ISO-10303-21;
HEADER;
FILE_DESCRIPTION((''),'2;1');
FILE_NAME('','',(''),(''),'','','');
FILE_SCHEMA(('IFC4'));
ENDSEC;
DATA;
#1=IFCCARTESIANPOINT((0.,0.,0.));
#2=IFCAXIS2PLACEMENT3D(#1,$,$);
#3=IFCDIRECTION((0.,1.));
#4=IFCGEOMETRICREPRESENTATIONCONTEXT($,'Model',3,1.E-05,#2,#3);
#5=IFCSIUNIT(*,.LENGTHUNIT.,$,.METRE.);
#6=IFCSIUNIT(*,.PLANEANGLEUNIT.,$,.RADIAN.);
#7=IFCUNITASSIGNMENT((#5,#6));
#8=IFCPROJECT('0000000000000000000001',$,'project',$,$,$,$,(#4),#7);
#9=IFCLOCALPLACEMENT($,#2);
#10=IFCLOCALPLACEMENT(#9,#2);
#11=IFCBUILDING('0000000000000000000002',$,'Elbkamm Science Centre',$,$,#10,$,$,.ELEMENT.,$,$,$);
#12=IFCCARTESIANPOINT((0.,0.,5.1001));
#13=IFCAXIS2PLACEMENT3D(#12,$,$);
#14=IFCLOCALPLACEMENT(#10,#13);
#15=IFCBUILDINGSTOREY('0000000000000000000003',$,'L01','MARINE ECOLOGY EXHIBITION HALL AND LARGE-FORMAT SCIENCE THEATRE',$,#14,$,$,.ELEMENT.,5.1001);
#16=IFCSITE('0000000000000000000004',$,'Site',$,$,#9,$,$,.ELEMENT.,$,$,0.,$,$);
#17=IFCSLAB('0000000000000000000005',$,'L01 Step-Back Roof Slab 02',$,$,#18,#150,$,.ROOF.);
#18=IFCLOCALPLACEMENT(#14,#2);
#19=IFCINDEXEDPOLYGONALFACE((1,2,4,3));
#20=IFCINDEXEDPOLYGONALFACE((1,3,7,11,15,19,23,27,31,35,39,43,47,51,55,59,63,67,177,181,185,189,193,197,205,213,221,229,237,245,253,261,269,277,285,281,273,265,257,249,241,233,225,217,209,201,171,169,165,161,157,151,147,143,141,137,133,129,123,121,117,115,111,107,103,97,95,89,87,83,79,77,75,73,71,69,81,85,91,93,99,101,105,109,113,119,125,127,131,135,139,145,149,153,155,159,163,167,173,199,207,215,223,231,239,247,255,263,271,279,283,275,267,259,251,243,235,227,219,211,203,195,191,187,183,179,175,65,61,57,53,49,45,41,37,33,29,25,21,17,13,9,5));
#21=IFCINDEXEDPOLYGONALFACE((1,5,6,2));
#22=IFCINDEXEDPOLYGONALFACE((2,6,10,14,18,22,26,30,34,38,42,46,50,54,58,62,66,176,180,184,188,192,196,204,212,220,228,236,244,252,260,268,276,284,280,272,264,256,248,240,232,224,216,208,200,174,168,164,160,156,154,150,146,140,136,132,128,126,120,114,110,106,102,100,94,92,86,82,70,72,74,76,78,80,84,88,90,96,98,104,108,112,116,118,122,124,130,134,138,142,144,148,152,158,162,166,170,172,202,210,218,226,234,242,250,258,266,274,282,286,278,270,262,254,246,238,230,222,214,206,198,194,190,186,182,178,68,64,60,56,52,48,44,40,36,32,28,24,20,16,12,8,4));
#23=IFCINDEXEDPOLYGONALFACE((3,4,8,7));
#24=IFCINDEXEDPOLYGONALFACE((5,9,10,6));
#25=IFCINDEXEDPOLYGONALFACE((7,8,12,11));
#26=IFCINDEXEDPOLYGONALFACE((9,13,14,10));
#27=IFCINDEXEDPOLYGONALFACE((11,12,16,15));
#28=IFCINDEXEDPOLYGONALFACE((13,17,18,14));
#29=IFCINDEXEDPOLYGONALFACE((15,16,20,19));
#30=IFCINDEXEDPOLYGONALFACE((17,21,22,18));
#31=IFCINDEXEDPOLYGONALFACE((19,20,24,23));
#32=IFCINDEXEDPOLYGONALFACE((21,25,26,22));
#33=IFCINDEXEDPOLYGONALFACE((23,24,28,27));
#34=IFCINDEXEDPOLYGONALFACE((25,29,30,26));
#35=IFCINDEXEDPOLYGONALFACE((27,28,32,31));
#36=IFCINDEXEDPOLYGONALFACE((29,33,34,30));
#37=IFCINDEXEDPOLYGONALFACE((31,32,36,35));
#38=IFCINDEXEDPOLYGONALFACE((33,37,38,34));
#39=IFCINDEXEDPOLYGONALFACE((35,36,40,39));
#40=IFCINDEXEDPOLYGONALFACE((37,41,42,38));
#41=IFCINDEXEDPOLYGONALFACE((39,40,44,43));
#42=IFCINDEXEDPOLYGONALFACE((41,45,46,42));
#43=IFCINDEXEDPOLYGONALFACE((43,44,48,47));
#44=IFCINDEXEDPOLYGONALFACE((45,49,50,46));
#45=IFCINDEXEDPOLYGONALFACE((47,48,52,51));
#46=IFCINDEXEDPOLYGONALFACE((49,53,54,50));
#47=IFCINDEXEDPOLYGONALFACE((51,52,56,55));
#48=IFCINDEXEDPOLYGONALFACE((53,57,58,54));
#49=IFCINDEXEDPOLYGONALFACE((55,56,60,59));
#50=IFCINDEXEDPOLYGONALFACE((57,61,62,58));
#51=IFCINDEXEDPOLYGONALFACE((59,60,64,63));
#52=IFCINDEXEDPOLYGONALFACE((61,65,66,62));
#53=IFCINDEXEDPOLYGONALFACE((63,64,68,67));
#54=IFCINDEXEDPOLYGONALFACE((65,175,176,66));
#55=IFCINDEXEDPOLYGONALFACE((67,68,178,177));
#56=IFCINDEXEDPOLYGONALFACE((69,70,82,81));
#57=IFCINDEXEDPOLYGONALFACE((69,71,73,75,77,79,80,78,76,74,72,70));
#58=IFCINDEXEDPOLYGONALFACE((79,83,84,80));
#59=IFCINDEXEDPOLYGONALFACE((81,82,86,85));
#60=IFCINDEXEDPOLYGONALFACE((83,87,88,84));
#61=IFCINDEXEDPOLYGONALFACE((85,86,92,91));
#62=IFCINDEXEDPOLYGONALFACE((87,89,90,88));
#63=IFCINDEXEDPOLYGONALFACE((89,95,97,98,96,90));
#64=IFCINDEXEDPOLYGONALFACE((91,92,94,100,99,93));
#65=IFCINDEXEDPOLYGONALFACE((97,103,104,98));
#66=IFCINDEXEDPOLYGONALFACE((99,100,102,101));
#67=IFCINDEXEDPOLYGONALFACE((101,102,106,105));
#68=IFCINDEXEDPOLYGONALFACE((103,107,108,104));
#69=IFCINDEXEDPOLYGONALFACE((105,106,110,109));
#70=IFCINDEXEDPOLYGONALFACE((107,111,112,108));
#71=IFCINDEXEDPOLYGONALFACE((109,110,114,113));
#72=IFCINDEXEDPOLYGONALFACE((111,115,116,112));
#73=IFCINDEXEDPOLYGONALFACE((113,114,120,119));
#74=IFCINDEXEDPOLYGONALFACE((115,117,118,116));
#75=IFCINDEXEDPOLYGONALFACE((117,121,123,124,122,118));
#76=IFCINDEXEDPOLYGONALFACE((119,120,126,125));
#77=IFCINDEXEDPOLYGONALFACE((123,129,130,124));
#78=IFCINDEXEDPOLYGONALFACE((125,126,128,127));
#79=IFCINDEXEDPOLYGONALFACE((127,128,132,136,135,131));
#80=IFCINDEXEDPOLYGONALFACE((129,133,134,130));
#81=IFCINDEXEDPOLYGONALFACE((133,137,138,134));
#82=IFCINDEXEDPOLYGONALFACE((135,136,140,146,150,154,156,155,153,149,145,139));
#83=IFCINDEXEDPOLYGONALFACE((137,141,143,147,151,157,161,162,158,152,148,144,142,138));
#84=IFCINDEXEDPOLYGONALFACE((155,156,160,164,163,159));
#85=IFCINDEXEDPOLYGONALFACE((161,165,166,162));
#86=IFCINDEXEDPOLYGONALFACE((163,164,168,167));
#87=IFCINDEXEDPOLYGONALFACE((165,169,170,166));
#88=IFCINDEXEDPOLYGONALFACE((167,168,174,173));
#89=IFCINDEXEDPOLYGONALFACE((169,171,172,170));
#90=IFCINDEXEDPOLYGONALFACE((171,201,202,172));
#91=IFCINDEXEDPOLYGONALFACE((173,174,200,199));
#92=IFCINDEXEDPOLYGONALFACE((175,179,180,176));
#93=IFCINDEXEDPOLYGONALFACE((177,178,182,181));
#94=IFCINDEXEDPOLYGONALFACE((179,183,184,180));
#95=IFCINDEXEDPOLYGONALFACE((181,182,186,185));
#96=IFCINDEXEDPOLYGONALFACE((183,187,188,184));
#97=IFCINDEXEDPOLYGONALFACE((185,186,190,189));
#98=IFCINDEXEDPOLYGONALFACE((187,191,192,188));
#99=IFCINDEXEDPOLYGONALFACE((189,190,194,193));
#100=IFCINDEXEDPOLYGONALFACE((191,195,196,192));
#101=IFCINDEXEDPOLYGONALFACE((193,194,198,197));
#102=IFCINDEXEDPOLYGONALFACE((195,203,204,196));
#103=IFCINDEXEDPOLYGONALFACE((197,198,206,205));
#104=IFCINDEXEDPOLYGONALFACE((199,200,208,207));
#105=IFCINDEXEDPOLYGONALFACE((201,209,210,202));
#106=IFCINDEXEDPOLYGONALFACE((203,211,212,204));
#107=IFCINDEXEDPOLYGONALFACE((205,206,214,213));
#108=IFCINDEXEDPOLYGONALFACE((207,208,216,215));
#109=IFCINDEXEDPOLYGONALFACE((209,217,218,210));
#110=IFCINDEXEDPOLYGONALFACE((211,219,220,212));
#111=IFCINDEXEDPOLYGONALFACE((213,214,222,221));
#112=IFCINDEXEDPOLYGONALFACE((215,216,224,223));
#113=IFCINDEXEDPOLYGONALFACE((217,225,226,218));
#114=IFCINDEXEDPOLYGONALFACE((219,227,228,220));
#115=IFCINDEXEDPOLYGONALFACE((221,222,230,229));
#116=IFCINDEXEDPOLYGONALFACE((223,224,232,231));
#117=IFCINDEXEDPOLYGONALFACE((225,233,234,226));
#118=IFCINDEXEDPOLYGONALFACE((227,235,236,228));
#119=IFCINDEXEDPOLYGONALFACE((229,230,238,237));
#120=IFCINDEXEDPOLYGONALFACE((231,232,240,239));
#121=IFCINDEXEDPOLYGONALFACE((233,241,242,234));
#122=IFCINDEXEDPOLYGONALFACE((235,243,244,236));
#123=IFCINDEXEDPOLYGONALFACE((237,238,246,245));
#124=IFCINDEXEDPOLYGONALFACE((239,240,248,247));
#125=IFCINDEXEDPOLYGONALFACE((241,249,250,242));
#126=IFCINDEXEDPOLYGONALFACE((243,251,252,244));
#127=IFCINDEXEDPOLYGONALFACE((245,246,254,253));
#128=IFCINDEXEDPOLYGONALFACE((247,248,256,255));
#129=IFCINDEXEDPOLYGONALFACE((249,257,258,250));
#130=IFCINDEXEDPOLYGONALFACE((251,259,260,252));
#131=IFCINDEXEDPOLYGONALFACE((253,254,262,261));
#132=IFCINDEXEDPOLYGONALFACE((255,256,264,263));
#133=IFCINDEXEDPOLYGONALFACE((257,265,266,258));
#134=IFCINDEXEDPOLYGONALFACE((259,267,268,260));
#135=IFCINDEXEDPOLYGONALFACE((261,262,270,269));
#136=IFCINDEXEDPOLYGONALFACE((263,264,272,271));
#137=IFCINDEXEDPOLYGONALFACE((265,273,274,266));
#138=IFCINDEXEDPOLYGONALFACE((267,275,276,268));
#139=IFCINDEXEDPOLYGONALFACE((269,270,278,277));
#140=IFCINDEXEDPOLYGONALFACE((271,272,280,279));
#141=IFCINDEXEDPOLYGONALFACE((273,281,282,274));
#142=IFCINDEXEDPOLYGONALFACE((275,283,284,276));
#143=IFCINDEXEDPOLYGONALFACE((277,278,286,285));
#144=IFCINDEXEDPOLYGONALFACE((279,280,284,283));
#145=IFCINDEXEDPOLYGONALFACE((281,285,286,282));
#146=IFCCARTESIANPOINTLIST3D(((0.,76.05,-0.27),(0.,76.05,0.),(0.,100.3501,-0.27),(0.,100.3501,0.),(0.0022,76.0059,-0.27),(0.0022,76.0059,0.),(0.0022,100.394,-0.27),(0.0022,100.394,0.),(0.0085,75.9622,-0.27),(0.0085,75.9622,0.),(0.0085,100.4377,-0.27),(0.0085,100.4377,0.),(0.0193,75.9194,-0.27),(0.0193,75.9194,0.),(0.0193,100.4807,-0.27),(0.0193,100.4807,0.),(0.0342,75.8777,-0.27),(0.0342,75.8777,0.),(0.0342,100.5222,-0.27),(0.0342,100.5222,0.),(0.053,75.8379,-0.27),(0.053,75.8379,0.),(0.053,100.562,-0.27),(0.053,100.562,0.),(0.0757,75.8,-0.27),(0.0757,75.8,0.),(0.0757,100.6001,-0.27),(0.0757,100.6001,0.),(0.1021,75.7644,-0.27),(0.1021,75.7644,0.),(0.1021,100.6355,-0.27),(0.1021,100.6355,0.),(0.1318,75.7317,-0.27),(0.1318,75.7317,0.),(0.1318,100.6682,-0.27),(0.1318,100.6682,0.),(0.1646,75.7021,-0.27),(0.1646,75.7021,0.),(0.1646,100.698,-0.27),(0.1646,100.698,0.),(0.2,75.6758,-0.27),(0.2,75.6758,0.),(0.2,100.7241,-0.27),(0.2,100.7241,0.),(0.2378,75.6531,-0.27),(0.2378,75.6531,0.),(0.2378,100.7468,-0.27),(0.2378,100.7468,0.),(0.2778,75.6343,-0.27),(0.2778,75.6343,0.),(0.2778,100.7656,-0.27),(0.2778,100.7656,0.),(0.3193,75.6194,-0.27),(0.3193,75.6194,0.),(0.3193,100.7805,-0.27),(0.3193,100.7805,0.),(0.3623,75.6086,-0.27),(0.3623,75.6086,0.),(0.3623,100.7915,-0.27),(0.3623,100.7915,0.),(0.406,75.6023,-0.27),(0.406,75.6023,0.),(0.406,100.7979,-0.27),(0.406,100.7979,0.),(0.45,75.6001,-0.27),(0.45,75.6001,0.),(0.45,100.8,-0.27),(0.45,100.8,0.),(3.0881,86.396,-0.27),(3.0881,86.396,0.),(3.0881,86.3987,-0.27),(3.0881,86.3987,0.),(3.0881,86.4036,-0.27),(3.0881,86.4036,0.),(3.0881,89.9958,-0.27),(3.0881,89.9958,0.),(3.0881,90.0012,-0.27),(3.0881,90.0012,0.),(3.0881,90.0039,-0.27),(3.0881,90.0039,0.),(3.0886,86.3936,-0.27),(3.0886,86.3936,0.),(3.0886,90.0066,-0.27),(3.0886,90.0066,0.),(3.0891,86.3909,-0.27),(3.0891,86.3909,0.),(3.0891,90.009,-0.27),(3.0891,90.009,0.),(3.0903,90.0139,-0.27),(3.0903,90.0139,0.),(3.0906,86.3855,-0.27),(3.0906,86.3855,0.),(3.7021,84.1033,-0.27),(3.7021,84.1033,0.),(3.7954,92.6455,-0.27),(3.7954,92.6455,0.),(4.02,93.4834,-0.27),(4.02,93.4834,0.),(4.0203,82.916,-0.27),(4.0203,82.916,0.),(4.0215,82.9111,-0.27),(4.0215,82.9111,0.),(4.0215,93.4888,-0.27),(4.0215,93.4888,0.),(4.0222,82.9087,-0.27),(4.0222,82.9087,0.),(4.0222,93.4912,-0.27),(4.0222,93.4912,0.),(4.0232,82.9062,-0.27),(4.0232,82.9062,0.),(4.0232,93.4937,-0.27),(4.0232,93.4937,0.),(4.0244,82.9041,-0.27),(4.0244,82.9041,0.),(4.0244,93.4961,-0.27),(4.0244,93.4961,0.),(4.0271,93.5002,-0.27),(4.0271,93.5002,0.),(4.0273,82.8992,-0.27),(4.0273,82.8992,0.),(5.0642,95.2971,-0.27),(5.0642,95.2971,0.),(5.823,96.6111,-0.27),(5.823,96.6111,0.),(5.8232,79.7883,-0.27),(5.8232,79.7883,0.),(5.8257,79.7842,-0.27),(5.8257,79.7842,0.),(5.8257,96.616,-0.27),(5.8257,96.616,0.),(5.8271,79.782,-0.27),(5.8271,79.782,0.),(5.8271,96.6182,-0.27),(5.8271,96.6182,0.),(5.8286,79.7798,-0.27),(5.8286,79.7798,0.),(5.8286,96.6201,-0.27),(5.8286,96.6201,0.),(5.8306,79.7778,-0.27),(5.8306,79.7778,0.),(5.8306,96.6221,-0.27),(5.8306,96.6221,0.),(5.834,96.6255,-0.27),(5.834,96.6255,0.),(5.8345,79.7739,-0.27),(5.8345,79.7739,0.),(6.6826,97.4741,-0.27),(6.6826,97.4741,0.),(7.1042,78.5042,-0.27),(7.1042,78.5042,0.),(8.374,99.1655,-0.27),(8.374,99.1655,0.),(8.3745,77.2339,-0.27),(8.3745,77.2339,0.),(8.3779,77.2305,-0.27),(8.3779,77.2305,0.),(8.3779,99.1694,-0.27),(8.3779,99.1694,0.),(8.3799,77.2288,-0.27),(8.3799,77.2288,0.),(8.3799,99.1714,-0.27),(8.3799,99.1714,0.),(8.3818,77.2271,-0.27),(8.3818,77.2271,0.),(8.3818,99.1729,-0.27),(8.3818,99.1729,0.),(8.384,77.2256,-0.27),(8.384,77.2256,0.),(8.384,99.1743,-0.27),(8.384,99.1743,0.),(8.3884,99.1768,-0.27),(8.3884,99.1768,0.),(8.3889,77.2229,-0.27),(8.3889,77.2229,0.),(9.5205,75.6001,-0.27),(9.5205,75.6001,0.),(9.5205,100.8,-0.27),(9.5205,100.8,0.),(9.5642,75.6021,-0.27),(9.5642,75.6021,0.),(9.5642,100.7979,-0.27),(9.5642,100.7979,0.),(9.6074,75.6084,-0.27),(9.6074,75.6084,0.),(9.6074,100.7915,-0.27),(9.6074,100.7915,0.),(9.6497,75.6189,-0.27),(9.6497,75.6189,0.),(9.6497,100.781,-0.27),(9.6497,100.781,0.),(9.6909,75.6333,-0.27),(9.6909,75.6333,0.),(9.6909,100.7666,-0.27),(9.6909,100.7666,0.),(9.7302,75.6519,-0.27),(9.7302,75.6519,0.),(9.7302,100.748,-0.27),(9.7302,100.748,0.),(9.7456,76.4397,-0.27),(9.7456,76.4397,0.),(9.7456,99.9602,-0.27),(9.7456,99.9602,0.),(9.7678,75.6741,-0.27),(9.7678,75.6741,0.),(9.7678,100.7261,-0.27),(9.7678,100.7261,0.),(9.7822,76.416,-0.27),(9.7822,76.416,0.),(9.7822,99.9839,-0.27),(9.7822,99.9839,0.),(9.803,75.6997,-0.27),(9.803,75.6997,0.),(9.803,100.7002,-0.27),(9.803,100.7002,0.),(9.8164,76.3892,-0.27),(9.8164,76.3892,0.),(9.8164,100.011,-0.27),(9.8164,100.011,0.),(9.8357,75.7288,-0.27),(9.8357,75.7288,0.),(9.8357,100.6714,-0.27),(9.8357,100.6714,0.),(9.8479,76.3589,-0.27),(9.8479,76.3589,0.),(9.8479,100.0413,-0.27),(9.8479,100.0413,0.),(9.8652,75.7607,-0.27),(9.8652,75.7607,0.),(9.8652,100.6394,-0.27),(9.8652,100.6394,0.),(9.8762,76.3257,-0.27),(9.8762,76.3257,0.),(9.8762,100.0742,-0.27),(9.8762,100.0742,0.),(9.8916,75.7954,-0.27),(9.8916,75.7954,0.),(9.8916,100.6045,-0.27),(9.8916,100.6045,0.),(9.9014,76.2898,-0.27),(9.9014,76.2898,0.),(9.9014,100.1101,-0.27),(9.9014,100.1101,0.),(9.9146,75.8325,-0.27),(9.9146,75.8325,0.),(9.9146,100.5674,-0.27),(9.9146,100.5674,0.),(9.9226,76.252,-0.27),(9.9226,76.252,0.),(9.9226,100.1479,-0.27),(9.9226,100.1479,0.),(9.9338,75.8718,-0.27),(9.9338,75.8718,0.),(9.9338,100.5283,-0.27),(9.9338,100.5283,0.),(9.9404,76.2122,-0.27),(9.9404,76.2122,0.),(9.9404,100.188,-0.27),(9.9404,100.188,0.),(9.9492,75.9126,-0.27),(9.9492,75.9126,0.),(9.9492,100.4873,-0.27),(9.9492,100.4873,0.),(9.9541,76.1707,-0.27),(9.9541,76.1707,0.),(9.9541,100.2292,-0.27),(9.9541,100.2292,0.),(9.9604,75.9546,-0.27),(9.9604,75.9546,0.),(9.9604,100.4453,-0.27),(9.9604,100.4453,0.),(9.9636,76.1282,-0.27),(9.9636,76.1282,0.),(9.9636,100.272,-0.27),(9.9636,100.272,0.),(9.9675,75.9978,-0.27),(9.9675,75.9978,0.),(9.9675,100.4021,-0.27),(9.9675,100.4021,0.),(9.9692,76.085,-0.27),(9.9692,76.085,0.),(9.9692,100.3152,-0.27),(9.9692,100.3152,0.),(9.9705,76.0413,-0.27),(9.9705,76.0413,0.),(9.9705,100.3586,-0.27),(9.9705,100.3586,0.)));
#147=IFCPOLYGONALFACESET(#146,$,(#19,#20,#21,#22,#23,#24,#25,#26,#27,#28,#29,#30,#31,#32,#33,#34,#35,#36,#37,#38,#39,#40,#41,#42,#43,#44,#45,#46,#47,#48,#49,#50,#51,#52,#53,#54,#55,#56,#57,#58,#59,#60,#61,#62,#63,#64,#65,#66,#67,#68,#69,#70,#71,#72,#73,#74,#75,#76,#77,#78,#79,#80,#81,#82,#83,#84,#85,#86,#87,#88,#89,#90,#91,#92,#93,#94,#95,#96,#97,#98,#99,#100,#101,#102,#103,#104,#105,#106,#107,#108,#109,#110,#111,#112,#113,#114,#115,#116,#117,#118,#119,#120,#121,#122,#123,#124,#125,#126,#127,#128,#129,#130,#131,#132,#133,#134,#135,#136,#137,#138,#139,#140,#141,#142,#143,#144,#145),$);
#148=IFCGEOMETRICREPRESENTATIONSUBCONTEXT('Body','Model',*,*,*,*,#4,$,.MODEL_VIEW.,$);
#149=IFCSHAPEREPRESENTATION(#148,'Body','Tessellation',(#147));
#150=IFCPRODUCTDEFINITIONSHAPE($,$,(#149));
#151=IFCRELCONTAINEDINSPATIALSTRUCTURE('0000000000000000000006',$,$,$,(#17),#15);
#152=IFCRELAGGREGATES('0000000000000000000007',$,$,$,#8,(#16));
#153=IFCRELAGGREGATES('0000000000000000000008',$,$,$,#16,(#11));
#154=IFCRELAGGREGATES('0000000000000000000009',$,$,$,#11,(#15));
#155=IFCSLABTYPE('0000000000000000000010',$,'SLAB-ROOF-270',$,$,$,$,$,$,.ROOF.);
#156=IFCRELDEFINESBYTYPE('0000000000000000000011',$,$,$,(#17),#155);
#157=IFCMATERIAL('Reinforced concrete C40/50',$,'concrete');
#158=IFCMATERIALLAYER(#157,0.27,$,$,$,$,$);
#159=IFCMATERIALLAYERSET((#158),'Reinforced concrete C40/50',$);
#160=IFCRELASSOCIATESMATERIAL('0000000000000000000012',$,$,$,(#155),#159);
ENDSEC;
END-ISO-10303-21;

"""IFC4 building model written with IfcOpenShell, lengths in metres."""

from ifc_helpers import new_model, si_unit, direction, frame, origin, place, context, subcontext, project, spatial, polyline, outline, extrude, material, layer, layer_set, type_object, element, save


model = new_model("IFC4")

# Units and contexts
model_context = context("Model", 3, precision=1e-05, world=origin(), true_north=direction((0.0, 1.0)))
body_context = subcontext(model_context, "Body", "Model", "MODEL_VIEW")
ifc_project = project(units=[si_unit("LENGTHUNIT", "METRE"), si_unit("PLANEANGLEUNIT", "RADIAN")], contexts=[model_context])

# Site, building, storey
site_placement = place(None, origin())
site = spatial("IfcSite", under=ifc_project, at=site_placement, Name="Site", CompositionType="ELEMENT", RefElevation=0.0)
building_placement = place(site_placement, origin())
building = spatial("IfcBuilding", under=site, at=building_placement, Name="Elbkamm Science Centre", CompositionType="ELEMENT")
storey_placement = place(building_placement, frame((0.0, 0.0, 5.1001)))
storey = spatial("IfcBuildingStorey", under=building, at=storey_placement, Name="L01", Description="MARINE ECOLOGY EXHIBITION HALL AND LARGE-FORMAT SCIENCE THEATRE", CompositionType="ELEMENT", Elevation=5.1001)

# Shared definitions
ifc_material_1 = material(Name="Reinforced concrete C40/50", Category="concrete")

# Slab
ifc_layer_1 = layer(ifc_material_1, 0.27)
ifc_layer_set_1 = layer_set([ifc_layer_1], Name="Reinforced concrete C40/50")
slab_type_1 = type_object("IfcSlabType", Name="SLAB-ROOF-270", PredefinedType="ROOF", material=ifc_layer_set_1)
slab_1_placement = place(storey_placement, frame((0.0, 0.0, -0.27)))
element("IfcSlab", 1, at=slab_1_placement, inside=storey, type_object=slab_type_1, Name="L01 Step-Back Roof Slab 02", PredefinedType="ROOF", context=body_context, shape_type="SweptSolid", body=[
    extrude(outline(polyline([(0.0085, 100.4377), (0.0193, 100.4807), (0.0342, 100.5222), (0.053, 100.562), (0.0757, 100.6001), (0.1021, 100.6355), (0.1318, 100.6682), (0.1646, 100.698), (0.2, 100.7241), (0.2378, 100.7468), (0.2778, 100.7656), (0.3193, 100.7805), (0.3623, 100.7915), (0.406, 100.7979), (0.45, 100.8), (9.5205, 100.8), (9.5642, 100.7979), (9.6074, 100.7915), (9.6497, 100.781), (9.6909, 100.7666), (9.7302, 100.748), (9.7678, 100.7261), (9.803, 100.7002), (9.8357, 100.6714), (9.8652, 100.6394), (9.8916, 100.6045), (9.9146, 100.5674), (9.9338, 100.5283), (9.9492, 100.4873), (9.9604, 100.4453), (9.9675, 100.4021), (9.9705, 100.3586), (9.9692, 100.3152), (9.9636, 100.272), (9.9541, 100.2292), (9.9404, 100.188), (9.9226, 100.1479), (9.9014, 100.1101), (9.8762, 100.0742), (9.8479, 100.0413), (9.8164, 100.011), (9.7822, 99.9839), (9.7456, 99.9602), (8.3884, 99.1768), (8.384, 99.1743), (8.3818, 99.1729), (8.3799, 99.1714), (8.3779, 99.1694), (8.374, 99.1655), (6.6826, 97.4741), (5.834, 96.6255), (5.8306, 96.6221), (5.8286, 96.6201), (5.8271, 96.6182), (5.8257, 96.616), (5.823, 96.6111), (5.0642, 95.2971), (4.0271, 93.5002), (4.0244, 93.4961), (4.0232, 93.4937), (4.0222, 93.4912), (4.0215, 93.4888), (4.02, 93.4834), (3.7954, 92.6455), (3.0903, 90.0139), (3.0891, 90.009), (3.0886, 90.0066), (3.0881, 90.0039), (3.0881, 90.0012), (3.0881, 89.9958), (3.0881, 86.4036), (3.0881, 86.3987), (3.0881, 86.396), (3.0886, 86.3936), (3.0891, 86.3909), (3.0906, 86.3855), (3.7021, 84.1033), (4.0203, 82.916), (4.0215, 82.9111), (4.0222, 82.9087), (4.0232, 82.9062), (4.0244, 82.9041), (4.0273, 82.8992), (5.8232, 79.7883), (5.8257, 79.7842), (5.8271, 79.782), (5.8286, 79.7798), (5.8306, 79.7778), (5.8345, 79.7739), (7.1042, 78.5042), (8.3745, 77.2339), (8.3779, 77.2305), (8.3799, 77.2288), (8.3818, 77.2271), (8.384, 77.2256), (8.3889, 77.2229), (9.7456, 76.4397), (9.7822, 76.416), (9.8164, 76.3892), (9.8479, 76.3589), (9.8762, 76.3257), (9.9014, 76.2898), (9.9226, 76.252), (9.9404, 76.2122), (9.9541, 76.1707), (9.9636, 76.1282), (9.9692, 76.085), (9.9705, 76.0413), (9.9675, 75.9978), (9.9604, 75.9546), (9.9492, 75.9126), (9.9338, 75.8718), (9.9146, 75.8325), (9.8916, 75.7954), (9.8652, 75.7607), (9.8357, 75.7288), (9.803, 75.6997), (9.7678, 75.6741), (9.7302, 75.6519), (9.6909, 75.6333), (9.6497, 75.6189), (9.6074, 75.6084), (9.5642, 75.6021), (9.5205, 75.6001), (0.45, 75.6001), (0.406, 75.6023), (0.3623, 75.6086), (0.3193, 75.6194), (0.2778, 75.6343), (0.2378, 75.6531), (0.2, 75.6758), (0.1646, 75.7021), (0.1318, 75.7317), (0.1021, 75.7644), (0.0757, 75.8), (0.053, 75.8379), (0.0342, 75.8777), (0.0193, 75.9194), (0.0085, 75.9622), (0.0022, 76.0059), (0.0, 76.05), (0.0, 100.3501), (0.0022, 100.394), (0.0085, 100.4377)])), origin(), (0.0, 0.0, 1.0), 0.27),
])

save(model, "model.ifc")
